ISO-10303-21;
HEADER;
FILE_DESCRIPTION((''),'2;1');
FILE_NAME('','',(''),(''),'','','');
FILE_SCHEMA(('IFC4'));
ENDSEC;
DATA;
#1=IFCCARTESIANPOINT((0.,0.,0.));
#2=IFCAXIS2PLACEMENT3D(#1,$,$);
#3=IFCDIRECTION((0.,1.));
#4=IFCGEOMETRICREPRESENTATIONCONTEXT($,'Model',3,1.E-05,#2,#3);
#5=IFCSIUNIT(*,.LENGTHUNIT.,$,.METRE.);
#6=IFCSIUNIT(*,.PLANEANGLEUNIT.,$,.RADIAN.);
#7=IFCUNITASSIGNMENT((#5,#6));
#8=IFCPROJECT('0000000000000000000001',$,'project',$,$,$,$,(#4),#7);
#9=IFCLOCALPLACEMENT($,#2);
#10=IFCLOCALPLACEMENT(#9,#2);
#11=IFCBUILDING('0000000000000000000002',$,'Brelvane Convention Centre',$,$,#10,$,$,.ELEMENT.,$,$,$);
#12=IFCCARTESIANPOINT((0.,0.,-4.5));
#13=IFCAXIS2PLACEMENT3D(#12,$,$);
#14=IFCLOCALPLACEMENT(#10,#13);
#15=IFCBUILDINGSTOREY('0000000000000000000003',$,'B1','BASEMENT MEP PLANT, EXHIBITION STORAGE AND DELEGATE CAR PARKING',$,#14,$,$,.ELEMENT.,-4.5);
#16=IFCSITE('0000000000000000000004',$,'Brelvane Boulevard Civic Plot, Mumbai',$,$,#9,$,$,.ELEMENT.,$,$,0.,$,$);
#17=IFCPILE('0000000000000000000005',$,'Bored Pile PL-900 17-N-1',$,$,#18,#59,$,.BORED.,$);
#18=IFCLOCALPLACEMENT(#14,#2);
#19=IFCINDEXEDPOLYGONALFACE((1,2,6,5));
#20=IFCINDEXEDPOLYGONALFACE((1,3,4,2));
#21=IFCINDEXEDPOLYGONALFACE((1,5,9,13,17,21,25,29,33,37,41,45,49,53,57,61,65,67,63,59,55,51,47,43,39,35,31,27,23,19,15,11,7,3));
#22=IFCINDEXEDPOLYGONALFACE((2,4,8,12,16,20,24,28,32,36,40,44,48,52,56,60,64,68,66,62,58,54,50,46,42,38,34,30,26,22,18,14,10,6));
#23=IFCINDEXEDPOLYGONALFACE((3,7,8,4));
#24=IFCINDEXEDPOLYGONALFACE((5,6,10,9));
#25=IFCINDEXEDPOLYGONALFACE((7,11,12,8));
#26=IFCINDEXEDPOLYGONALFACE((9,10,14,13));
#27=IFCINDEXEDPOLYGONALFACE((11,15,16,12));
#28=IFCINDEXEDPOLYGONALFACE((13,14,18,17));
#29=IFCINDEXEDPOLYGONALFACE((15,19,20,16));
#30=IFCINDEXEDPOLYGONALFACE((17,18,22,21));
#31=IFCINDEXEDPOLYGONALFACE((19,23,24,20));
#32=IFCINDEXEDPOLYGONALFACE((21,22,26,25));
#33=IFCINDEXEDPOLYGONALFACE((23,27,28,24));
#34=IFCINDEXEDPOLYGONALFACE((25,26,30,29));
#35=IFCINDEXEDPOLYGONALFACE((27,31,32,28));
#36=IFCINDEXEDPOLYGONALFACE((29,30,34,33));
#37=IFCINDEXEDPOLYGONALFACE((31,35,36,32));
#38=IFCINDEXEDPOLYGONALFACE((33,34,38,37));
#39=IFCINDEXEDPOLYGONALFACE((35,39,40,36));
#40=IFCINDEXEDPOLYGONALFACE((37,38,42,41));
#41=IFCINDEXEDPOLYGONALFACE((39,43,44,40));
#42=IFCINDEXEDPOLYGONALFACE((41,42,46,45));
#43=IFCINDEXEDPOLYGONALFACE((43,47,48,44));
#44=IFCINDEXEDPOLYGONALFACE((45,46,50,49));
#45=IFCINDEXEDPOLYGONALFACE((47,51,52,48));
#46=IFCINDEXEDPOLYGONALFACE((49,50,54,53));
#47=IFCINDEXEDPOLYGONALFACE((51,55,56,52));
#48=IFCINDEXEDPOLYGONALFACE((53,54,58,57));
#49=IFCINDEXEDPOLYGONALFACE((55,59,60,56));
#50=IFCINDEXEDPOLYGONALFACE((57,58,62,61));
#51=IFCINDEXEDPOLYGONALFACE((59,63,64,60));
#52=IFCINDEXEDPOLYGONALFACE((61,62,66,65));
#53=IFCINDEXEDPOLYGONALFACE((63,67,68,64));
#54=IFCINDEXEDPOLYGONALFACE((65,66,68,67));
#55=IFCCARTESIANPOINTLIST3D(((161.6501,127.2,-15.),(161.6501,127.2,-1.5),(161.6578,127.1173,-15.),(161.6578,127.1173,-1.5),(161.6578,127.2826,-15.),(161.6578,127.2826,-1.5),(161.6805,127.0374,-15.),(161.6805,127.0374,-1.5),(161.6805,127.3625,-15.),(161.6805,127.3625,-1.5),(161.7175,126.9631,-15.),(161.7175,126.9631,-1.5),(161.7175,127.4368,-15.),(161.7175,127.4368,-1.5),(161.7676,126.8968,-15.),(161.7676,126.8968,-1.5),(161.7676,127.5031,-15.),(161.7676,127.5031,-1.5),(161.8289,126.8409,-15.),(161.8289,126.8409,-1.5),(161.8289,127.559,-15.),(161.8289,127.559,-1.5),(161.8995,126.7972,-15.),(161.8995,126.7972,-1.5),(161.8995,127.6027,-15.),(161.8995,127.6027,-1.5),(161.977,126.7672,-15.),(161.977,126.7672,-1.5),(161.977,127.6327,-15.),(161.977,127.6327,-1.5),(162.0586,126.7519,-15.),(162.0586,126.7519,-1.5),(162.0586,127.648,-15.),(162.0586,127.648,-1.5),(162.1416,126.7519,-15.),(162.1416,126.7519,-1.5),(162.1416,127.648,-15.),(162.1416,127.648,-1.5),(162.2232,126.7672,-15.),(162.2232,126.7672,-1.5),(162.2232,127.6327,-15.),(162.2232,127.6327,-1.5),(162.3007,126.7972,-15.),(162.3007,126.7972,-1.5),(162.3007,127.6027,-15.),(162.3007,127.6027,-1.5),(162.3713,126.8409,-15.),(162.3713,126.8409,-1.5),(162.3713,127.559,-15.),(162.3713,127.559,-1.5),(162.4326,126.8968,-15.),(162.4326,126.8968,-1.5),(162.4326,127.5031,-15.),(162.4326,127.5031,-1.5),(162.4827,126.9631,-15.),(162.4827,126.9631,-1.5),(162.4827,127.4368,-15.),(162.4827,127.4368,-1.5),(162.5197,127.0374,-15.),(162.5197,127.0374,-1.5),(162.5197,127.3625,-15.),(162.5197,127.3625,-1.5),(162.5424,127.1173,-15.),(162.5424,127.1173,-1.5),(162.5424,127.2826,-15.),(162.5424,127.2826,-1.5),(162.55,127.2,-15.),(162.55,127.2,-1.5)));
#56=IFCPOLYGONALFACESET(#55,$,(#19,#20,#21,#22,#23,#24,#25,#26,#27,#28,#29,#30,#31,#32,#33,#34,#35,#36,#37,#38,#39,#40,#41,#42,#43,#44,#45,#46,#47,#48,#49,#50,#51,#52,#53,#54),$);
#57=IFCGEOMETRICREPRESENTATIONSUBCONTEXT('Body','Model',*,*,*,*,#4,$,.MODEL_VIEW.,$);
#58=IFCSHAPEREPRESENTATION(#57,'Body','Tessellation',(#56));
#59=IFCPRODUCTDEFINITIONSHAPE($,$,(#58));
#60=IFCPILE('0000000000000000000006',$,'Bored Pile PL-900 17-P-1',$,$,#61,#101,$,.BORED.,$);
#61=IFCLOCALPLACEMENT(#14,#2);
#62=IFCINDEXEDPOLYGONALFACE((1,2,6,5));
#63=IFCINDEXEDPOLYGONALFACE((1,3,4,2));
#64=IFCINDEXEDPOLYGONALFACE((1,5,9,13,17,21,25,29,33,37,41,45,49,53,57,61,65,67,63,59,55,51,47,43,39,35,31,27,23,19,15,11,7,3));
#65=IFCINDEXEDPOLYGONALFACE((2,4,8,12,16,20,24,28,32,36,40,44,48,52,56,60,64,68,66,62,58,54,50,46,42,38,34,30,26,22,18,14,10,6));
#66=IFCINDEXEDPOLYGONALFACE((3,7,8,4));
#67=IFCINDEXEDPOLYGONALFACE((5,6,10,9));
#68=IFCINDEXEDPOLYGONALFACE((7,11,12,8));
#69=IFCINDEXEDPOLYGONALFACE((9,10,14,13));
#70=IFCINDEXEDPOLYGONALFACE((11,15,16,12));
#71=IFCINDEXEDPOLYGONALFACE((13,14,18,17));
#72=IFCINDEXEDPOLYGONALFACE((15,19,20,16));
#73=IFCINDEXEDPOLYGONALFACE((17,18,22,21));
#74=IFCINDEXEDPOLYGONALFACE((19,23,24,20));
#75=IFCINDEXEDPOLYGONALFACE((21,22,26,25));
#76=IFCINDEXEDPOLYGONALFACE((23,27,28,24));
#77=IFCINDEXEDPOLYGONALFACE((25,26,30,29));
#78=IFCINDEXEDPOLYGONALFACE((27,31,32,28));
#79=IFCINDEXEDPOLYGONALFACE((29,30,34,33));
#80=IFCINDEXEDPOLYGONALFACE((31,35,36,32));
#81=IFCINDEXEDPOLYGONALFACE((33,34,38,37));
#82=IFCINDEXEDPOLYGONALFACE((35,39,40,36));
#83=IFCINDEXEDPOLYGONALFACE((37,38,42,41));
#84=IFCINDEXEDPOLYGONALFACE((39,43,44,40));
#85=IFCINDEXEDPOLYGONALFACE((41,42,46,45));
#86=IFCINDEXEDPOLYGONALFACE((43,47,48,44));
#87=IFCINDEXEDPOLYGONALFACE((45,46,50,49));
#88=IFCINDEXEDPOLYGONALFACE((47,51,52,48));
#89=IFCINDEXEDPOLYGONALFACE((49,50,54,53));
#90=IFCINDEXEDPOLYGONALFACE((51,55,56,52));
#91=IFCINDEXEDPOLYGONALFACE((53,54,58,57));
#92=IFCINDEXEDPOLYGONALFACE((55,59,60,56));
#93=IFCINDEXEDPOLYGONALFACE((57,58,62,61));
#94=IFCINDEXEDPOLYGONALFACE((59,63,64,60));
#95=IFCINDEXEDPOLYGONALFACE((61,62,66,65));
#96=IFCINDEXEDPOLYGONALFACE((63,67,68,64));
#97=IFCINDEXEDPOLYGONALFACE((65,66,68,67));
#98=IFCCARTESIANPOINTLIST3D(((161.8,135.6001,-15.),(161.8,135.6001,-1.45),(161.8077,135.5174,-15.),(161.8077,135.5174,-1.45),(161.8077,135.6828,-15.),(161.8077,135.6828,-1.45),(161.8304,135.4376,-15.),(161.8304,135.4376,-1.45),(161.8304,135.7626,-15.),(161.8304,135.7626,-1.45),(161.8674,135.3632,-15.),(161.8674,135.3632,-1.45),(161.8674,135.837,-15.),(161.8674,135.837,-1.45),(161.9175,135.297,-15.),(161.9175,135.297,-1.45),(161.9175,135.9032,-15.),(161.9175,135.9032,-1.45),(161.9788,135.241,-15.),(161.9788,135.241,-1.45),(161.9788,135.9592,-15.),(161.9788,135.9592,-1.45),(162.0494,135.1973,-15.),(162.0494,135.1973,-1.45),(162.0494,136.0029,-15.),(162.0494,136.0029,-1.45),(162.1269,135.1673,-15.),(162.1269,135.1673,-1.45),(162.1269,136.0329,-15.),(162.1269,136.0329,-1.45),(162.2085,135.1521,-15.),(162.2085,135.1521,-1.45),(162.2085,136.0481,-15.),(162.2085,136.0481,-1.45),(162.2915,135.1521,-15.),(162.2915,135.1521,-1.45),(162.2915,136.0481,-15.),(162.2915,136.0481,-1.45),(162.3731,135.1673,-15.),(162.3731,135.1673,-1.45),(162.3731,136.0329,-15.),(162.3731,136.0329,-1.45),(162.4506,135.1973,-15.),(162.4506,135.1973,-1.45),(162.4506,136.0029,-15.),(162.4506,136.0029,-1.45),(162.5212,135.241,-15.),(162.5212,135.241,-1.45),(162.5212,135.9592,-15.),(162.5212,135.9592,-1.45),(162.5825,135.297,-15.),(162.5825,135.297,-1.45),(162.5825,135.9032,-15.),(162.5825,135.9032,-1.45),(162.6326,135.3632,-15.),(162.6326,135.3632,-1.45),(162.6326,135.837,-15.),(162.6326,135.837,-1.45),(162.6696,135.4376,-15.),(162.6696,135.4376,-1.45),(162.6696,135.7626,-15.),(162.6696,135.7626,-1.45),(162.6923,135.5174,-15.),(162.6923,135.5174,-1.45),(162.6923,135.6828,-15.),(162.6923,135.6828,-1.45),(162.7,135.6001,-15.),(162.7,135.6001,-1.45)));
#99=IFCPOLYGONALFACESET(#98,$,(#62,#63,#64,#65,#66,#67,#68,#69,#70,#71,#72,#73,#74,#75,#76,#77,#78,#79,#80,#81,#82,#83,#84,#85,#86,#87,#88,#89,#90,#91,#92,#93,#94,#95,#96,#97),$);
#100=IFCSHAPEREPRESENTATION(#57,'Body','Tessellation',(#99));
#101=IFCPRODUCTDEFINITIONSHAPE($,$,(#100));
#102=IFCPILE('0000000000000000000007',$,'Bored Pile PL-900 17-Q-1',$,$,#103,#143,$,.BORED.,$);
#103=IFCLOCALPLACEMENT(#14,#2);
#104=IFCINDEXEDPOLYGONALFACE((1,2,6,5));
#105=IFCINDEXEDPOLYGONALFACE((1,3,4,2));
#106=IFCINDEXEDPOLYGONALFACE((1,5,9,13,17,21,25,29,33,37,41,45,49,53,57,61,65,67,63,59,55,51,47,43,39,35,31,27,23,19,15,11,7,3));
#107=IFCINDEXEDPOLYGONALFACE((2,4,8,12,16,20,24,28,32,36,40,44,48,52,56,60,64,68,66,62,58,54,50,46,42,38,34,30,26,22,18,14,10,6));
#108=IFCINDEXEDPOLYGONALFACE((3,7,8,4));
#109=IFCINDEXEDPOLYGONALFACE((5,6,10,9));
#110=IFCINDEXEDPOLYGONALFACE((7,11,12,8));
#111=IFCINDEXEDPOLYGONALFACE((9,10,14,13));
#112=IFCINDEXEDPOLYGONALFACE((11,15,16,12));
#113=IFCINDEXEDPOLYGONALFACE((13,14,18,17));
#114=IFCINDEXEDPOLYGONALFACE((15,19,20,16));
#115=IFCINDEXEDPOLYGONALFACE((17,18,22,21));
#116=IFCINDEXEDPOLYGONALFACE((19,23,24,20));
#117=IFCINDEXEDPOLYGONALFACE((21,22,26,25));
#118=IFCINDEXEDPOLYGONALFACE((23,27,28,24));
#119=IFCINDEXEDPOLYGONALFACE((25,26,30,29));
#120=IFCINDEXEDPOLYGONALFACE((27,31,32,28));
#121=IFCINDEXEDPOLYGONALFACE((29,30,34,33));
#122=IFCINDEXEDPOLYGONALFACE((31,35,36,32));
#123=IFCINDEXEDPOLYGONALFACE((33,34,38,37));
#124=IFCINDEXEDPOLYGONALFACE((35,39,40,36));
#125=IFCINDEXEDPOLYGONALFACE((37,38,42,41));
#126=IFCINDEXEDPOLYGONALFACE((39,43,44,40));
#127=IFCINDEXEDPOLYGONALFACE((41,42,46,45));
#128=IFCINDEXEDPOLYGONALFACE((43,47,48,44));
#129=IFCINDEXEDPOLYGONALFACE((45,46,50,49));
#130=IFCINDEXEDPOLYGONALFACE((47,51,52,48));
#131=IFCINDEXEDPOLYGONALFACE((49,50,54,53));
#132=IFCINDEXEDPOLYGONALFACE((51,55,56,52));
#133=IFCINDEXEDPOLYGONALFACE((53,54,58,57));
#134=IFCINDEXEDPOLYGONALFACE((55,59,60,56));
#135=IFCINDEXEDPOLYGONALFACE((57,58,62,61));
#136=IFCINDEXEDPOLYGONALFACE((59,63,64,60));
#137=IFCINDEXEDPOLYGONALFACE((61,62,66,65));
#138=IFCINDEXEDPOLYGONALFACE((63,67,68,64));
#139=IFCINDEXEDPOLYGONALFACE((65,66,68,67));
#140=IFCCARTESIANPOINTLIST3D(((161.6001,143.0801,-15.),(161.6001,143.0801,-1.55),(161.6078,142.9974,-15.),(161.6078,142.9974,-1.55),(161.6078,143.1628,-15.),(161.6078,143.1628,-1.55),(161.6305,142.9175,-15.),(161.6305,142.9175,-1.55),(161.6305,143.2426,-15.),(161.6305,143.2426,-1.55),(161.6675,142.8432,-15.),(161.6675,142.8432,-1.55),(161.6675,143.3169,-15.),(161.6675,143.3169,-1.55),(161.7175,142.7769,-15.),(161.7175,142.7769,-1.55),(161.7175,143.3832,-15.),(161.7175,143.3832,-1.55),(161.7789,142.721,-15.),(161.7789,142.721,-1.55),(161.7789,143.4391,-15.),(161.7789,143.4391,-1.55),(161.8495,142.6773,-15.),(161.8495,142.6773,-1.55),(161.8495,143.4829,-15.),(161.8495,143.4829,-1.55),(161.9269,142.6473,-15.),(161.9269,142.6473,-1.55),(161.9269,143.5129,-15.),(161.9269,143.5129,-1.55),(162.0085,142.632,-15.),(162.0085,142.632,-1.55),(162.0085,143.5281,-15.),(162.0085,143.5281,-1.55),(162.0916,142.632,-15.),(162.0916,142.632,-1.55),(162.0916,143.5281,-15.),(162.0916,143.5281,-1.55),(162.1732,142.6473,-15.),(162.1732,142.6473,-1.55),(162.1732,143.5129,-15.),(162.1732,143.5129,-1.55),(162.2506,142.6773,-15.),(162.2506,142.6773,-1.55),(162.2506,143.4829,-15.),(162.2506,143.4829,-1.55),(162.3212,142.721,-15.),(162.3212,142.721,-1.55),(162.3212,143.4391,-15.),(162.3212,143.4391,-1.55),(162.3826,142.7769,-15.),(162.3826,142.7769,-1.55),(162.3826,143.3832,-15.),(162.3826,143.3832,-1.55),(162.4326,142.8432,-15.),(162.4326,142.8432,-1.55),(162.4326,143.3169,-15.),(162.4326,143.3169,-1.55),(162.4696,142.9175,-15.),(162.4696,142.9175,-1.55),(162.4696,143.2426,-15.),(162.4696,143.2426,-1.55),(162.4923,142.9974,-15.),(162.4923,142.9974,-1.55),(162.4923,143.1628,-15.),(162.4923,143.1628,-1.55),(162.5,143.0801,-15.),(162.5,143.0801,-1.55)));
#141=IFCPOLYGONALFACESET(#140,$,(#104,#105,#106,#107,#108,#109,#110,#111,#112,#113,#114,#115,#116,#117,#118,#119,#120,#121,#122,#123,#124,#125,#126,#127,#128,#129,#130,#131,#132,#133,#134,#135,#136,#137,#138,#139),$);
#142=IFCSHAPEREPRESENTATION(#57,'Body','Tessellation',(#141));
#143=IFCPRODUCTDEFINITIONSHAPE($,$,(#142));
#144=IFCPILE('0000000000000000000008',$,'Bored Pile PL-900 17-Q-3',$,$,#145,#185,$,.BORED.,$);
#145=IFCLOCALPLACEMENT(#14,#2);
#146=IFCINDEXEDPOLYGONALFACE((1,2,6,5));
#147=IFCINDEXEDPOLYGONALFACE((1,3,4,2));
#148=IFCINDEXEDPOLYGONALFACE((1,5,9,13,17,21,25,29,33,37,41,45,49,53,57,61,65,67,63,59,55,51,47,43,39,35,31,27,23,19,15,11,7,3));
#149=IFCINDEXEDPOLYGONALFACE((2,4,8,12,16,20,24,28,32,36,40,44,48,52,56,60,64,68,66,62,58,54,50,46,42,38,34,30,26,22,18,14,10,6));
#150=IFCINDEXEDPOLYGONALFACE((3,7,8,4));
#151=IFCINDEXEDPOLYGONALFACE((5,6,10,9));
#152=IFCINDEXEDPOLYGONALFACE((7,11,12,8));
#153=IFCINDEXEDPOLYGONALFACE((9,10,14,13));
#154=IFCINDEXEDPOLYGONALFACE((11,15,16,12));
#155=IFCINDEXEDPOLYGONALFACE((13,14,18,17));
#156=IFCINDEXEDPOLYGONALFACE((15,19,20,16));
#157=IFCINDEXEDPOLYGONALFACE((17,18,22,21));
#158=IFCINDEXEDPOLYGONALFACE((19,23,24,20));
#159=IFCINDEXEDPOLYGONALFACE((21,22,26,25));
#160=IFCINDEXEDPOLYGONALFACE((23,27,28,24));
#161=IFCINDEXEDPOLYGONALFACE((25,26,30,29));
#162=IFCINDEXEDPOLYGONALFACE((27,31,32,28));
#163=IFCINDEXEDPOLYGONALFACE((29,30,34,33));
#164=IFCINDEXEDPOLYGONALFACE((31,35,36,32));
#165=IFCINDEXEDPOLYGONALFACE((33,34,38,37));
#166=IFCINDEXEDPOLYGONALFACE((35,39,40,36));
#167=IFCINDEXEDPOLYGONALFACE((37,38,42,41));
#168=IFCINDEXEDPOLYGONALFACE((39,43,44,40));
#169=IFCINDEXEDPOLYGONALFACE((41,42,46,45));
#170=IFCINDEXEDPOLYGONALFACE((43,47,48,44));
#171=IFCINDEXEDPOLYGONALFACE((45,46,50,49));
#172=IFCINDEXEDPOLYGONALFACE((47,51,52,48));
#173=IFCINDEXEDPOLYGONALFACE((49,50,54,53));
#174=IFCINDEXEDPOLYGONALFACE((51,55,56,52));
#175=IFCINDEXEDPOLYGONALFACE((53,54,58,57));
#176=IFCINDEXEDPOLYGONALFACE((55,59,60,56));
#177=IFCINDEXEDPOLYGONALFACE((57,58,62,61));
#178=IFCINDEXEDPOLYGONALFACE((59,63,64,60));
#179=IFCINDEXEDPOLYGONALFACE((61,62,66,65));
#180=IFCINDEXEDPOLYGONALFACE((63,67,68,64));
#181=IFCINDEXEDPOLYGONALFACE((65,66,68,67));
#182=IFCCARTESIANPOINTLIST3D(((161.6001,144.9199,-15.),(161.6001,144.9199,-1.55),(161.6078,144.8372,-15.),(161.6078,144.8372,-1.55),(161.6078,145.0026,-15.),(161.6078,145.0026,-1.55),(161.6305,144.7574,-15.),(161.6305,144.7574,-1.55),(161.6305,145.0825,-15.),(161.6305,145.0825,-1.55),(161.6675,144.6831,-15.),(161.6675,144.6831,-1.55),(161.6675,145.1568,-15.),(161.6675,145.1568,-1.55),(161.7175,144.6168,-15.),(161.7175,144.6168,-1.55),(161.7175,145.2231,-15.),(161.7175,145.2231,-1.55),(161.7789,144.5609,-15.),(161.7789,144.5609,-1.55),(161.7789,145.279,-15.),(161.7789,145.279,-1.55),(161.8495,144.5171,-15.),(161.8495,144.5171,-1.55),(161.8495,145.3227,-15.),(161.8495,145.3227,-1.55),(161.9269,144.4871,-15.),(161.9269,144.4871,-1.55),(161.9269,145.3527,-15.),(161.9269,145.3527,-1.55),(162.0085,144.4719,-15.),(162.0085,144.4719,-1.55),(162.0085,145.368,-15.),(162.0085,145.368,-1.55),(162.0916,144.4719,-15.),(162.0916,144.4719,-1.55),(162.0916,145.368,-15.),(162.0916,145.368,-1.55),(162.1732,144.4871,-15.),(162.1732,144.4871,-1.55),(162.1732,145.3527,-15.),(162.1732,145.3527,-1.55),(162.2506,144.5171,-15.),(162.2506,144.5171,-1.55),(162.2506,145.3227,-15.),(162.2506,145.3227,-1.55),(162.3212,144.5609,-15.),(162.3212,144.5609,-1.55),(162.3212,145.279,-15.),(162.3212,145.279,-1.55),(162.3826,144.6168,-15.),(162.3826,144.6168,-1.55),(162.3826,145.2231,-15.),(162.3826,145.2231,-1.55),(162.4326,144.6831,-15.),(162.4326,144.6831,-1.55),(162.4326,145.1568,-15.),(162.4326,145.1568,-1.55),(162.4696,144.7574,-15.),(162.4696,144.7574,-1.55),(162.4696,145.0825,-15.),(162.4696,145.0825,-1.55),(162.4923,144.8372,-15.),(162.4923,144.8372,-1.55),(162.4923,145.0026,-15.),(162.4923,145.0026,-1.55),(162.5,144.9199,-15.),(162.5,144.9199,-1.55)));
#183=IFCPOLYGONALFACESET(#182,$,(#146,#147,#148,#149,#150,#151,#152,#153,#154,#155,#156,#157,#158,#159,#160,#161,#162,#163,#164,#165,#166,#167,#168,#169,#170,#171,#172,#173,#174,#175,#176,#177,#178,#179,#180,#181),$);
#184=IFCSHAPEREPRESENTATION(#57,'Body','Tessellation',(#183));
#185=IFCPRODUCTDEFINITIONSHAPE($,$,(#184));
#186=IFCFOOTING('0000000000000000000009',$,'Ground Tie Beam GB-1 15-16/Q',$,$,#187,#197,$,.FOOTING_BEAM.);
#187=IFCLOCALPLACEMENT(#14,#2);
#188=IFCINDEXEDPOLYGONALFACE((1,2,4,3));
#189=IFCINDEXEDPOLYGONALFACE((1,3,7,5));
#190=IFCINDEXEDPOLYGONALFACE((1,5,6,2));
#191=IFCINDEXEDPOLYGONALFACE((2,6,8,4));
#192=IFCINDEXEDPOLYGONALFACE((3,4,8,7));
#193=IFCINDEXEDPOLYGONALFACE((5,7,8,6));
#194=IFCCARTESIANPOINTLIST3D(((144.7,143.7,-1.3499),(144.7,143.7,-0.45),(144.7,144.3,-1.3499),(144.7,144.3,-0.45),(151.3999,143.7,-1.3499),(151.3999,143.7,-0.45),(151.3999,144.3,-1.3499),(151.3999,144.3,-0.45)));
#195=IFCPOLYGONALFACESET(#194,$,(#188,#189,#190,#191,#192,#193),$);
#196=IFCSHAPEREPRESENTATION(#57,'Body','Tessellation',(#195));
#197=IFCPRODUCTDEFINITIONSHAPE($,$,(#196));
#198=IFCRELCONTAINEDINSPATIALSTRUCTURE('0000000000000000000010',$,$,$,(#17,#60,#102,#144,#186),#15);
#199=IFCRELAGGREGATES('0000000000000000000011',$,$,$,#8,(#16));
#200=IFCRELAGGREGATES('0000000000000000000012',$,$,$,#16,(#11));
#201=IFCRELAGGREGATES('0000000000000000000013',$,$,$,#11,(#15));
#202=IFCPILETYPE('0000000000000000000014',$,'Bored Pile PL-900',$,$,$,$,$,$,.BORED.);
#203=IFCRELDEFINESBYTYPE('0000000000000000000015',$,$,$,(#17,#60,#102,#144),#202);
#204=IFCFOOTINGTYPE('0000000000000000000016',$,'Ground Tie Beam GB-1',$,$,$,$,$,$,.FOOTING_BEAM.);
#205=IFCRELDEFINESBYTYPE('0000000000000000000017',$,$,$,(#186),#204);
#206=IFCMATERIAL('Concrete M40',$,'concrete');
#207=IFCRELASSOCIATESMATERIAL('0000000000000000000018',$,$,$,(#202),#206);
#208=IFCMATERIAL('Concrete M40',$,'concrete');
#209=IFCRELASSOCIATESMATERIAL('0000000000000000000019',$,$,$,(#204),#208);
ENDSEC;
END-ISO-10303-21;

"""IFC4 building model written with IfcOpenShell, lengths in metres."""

from ifc_helpers import new_model, si_unit, direction, frame, origin, origin_2d, place, context, subcontext, project, spatial, rectangle, circle, extrude, material, material_profile, profile_set, type_object, element, save


model = new_model("IFC4")

# Units and contexts
model_context = context("Model", 3, precision=1e-05, world=origin(), true_north=direction((0.0, 1.0)))
body_context = subcontext(model_context, "Body", "Model", "MODEL_VIEW")
ifc_project = project(units=[si_unit("LENGTHUNIT", "METRE"), si_unit("PLANEANGLEUNIT", "RADIAN")], contexts=[model_context])

# Site, building, storey
site_placement = place(None, origin())
site = spatial("IfcSite", under=ifc_project, at=site_placement, Name="Brelvane Boulevard Civic Plot, Mumbai", CompositionType="ELEMENT", RefElevation=0.0)
building_placement = place(site_placement, origin())
building = spatial("IfcBuilding", under=site, at=building_placement, Name="Brelvane Convention Centre", CompositionType="ELEMENT")
storey_placement = place(building_placement, frame((0.0, 0.0, -4.5)))
storey = spatial("IfcBuildingStorey", under=building, at=storey_placement, Name="B1", Description="BASEMENT MEP PLANT, EXHIBITION STORAGE AND DELEGATE CAR PARKING", CompositionType="ELEMENT", Elevation=-4.5)

# Piles
ifc_material_1 = material(Name="Concrete M40", Category="concrete")
ifc_material_profile_1 = material_profile(ifc_material_1, circle(Radius=0.45, at=origin_2d()), Name="PILE D900")
ifc_profile_set_1 = profile_set([ifc_material_profile_1], Name="Concrete M40")
pile_type = type_object("IfcPileType", Name="Bored Pile PL-900", PredefinedType="BORED", material=ifc_profile_set_1)
pile_1_placement = place(storey_placement, frame((162.1001, 127.2, -1.5), z_axis=(0.0, 0.0, -1.0), x_axis=(1.0, 0.0, 0.0)))
element("IfcPile", 1, at=pile_1_placement, inside=storey, type_object=pile_type, Name="Bored Pile PL-900 17-N-1", PredefinedType="BORED", context=body_context, shape_type="SweptSolid", body=[
    extrude(circle(Radius=0.45, at=origin_2d()), origin(), (0.0, 0.0, 1.0), 13.5),
])
pile_2_placement = place(storey_placement, frame((162.25, 135.6001, -1.45), z_axis=(0.0, 0.0, -1.0), x_axis=(1.0, 0.0, 0.0)))
element("IfcPile", 2, at=pile_2_placement, inside=storey, type_object=pile_type, Name="Bored Pile PL-900 17-P-1", PredefinedType="BORED", context=body_context, shape_type="SweptSolid", body=[
    extrude(circle(Radius=0.45, at=origin_2d()), origin(), (0.0, 0.0, 1.0), 13.55),
])
for number, where, z_axis, x_axis, name in (
    (3, (162.05, 143.0801, -1.55), (0.0, 0.0, -1.0), (1.0, 0.0, 0.0), "Bored Pile PL-900 17-Q-1"),
    (4, (162.05, 144.9199, -1.55), (0.0, 0.0, -1.0), (1.0, 0.0, 0.0), "Bored Pile PL-900 17-Q-3"),
):
    element("IfcPile", number, at=place(storey_placement, frame(where, z_axis=z_axis, x_axis=x_axis)), inside=storey, type_object=pile_type, Name=name, PredefinedType="BORED", context=body_context, shape_type="SweptSolid", body=[
        extrude(circle(Radius=0.45, at=origin_2d()), origin(), (0.0, 0.0, 1.0), 13.45),
    ])

# Footing
ifc_material_2 = material(Name="Concrete M40", Category="concrete")
ifc_material_profile_2 = material_profile(ifc_material_2, rectangle(XDim=0.6001, YDim=0.8999, at=origin_2d()), Name="RC 600x900")
ifc_profile_set_2 = profile_set([ifc_material_profile_2], Name="Concrete M40")
footing_type_1 = type_object("IfcFootingType", Name="Ground Tie Beam GB-1", PredefinedType="FOOTING_BEAM", material=ifc_profile_set_2)
footing_1_placement = place(storey_placement, frame((144.7, 144.0, -0.8999), z_axis=(1.0, 0.0, 0.0), x_axis=(0.0, 1.0, 0.0)))
element("IfcFooting", 5, at=footing_1_placement, inside=storey, type_object=footing_type_1, Name="Ground Tie Beam GB-1 15-16/Q", PredefinedType="FOOTING_BEAM", context=body_context, shape_type="SweptSolid", body=[
    extrude(rectangle(XDim=0.6001, YDim=0.8999, at=origin_2d()), origin(), (0.0, 0.0, 1.0), 6.7),
])

save(model, "model.ifc")
